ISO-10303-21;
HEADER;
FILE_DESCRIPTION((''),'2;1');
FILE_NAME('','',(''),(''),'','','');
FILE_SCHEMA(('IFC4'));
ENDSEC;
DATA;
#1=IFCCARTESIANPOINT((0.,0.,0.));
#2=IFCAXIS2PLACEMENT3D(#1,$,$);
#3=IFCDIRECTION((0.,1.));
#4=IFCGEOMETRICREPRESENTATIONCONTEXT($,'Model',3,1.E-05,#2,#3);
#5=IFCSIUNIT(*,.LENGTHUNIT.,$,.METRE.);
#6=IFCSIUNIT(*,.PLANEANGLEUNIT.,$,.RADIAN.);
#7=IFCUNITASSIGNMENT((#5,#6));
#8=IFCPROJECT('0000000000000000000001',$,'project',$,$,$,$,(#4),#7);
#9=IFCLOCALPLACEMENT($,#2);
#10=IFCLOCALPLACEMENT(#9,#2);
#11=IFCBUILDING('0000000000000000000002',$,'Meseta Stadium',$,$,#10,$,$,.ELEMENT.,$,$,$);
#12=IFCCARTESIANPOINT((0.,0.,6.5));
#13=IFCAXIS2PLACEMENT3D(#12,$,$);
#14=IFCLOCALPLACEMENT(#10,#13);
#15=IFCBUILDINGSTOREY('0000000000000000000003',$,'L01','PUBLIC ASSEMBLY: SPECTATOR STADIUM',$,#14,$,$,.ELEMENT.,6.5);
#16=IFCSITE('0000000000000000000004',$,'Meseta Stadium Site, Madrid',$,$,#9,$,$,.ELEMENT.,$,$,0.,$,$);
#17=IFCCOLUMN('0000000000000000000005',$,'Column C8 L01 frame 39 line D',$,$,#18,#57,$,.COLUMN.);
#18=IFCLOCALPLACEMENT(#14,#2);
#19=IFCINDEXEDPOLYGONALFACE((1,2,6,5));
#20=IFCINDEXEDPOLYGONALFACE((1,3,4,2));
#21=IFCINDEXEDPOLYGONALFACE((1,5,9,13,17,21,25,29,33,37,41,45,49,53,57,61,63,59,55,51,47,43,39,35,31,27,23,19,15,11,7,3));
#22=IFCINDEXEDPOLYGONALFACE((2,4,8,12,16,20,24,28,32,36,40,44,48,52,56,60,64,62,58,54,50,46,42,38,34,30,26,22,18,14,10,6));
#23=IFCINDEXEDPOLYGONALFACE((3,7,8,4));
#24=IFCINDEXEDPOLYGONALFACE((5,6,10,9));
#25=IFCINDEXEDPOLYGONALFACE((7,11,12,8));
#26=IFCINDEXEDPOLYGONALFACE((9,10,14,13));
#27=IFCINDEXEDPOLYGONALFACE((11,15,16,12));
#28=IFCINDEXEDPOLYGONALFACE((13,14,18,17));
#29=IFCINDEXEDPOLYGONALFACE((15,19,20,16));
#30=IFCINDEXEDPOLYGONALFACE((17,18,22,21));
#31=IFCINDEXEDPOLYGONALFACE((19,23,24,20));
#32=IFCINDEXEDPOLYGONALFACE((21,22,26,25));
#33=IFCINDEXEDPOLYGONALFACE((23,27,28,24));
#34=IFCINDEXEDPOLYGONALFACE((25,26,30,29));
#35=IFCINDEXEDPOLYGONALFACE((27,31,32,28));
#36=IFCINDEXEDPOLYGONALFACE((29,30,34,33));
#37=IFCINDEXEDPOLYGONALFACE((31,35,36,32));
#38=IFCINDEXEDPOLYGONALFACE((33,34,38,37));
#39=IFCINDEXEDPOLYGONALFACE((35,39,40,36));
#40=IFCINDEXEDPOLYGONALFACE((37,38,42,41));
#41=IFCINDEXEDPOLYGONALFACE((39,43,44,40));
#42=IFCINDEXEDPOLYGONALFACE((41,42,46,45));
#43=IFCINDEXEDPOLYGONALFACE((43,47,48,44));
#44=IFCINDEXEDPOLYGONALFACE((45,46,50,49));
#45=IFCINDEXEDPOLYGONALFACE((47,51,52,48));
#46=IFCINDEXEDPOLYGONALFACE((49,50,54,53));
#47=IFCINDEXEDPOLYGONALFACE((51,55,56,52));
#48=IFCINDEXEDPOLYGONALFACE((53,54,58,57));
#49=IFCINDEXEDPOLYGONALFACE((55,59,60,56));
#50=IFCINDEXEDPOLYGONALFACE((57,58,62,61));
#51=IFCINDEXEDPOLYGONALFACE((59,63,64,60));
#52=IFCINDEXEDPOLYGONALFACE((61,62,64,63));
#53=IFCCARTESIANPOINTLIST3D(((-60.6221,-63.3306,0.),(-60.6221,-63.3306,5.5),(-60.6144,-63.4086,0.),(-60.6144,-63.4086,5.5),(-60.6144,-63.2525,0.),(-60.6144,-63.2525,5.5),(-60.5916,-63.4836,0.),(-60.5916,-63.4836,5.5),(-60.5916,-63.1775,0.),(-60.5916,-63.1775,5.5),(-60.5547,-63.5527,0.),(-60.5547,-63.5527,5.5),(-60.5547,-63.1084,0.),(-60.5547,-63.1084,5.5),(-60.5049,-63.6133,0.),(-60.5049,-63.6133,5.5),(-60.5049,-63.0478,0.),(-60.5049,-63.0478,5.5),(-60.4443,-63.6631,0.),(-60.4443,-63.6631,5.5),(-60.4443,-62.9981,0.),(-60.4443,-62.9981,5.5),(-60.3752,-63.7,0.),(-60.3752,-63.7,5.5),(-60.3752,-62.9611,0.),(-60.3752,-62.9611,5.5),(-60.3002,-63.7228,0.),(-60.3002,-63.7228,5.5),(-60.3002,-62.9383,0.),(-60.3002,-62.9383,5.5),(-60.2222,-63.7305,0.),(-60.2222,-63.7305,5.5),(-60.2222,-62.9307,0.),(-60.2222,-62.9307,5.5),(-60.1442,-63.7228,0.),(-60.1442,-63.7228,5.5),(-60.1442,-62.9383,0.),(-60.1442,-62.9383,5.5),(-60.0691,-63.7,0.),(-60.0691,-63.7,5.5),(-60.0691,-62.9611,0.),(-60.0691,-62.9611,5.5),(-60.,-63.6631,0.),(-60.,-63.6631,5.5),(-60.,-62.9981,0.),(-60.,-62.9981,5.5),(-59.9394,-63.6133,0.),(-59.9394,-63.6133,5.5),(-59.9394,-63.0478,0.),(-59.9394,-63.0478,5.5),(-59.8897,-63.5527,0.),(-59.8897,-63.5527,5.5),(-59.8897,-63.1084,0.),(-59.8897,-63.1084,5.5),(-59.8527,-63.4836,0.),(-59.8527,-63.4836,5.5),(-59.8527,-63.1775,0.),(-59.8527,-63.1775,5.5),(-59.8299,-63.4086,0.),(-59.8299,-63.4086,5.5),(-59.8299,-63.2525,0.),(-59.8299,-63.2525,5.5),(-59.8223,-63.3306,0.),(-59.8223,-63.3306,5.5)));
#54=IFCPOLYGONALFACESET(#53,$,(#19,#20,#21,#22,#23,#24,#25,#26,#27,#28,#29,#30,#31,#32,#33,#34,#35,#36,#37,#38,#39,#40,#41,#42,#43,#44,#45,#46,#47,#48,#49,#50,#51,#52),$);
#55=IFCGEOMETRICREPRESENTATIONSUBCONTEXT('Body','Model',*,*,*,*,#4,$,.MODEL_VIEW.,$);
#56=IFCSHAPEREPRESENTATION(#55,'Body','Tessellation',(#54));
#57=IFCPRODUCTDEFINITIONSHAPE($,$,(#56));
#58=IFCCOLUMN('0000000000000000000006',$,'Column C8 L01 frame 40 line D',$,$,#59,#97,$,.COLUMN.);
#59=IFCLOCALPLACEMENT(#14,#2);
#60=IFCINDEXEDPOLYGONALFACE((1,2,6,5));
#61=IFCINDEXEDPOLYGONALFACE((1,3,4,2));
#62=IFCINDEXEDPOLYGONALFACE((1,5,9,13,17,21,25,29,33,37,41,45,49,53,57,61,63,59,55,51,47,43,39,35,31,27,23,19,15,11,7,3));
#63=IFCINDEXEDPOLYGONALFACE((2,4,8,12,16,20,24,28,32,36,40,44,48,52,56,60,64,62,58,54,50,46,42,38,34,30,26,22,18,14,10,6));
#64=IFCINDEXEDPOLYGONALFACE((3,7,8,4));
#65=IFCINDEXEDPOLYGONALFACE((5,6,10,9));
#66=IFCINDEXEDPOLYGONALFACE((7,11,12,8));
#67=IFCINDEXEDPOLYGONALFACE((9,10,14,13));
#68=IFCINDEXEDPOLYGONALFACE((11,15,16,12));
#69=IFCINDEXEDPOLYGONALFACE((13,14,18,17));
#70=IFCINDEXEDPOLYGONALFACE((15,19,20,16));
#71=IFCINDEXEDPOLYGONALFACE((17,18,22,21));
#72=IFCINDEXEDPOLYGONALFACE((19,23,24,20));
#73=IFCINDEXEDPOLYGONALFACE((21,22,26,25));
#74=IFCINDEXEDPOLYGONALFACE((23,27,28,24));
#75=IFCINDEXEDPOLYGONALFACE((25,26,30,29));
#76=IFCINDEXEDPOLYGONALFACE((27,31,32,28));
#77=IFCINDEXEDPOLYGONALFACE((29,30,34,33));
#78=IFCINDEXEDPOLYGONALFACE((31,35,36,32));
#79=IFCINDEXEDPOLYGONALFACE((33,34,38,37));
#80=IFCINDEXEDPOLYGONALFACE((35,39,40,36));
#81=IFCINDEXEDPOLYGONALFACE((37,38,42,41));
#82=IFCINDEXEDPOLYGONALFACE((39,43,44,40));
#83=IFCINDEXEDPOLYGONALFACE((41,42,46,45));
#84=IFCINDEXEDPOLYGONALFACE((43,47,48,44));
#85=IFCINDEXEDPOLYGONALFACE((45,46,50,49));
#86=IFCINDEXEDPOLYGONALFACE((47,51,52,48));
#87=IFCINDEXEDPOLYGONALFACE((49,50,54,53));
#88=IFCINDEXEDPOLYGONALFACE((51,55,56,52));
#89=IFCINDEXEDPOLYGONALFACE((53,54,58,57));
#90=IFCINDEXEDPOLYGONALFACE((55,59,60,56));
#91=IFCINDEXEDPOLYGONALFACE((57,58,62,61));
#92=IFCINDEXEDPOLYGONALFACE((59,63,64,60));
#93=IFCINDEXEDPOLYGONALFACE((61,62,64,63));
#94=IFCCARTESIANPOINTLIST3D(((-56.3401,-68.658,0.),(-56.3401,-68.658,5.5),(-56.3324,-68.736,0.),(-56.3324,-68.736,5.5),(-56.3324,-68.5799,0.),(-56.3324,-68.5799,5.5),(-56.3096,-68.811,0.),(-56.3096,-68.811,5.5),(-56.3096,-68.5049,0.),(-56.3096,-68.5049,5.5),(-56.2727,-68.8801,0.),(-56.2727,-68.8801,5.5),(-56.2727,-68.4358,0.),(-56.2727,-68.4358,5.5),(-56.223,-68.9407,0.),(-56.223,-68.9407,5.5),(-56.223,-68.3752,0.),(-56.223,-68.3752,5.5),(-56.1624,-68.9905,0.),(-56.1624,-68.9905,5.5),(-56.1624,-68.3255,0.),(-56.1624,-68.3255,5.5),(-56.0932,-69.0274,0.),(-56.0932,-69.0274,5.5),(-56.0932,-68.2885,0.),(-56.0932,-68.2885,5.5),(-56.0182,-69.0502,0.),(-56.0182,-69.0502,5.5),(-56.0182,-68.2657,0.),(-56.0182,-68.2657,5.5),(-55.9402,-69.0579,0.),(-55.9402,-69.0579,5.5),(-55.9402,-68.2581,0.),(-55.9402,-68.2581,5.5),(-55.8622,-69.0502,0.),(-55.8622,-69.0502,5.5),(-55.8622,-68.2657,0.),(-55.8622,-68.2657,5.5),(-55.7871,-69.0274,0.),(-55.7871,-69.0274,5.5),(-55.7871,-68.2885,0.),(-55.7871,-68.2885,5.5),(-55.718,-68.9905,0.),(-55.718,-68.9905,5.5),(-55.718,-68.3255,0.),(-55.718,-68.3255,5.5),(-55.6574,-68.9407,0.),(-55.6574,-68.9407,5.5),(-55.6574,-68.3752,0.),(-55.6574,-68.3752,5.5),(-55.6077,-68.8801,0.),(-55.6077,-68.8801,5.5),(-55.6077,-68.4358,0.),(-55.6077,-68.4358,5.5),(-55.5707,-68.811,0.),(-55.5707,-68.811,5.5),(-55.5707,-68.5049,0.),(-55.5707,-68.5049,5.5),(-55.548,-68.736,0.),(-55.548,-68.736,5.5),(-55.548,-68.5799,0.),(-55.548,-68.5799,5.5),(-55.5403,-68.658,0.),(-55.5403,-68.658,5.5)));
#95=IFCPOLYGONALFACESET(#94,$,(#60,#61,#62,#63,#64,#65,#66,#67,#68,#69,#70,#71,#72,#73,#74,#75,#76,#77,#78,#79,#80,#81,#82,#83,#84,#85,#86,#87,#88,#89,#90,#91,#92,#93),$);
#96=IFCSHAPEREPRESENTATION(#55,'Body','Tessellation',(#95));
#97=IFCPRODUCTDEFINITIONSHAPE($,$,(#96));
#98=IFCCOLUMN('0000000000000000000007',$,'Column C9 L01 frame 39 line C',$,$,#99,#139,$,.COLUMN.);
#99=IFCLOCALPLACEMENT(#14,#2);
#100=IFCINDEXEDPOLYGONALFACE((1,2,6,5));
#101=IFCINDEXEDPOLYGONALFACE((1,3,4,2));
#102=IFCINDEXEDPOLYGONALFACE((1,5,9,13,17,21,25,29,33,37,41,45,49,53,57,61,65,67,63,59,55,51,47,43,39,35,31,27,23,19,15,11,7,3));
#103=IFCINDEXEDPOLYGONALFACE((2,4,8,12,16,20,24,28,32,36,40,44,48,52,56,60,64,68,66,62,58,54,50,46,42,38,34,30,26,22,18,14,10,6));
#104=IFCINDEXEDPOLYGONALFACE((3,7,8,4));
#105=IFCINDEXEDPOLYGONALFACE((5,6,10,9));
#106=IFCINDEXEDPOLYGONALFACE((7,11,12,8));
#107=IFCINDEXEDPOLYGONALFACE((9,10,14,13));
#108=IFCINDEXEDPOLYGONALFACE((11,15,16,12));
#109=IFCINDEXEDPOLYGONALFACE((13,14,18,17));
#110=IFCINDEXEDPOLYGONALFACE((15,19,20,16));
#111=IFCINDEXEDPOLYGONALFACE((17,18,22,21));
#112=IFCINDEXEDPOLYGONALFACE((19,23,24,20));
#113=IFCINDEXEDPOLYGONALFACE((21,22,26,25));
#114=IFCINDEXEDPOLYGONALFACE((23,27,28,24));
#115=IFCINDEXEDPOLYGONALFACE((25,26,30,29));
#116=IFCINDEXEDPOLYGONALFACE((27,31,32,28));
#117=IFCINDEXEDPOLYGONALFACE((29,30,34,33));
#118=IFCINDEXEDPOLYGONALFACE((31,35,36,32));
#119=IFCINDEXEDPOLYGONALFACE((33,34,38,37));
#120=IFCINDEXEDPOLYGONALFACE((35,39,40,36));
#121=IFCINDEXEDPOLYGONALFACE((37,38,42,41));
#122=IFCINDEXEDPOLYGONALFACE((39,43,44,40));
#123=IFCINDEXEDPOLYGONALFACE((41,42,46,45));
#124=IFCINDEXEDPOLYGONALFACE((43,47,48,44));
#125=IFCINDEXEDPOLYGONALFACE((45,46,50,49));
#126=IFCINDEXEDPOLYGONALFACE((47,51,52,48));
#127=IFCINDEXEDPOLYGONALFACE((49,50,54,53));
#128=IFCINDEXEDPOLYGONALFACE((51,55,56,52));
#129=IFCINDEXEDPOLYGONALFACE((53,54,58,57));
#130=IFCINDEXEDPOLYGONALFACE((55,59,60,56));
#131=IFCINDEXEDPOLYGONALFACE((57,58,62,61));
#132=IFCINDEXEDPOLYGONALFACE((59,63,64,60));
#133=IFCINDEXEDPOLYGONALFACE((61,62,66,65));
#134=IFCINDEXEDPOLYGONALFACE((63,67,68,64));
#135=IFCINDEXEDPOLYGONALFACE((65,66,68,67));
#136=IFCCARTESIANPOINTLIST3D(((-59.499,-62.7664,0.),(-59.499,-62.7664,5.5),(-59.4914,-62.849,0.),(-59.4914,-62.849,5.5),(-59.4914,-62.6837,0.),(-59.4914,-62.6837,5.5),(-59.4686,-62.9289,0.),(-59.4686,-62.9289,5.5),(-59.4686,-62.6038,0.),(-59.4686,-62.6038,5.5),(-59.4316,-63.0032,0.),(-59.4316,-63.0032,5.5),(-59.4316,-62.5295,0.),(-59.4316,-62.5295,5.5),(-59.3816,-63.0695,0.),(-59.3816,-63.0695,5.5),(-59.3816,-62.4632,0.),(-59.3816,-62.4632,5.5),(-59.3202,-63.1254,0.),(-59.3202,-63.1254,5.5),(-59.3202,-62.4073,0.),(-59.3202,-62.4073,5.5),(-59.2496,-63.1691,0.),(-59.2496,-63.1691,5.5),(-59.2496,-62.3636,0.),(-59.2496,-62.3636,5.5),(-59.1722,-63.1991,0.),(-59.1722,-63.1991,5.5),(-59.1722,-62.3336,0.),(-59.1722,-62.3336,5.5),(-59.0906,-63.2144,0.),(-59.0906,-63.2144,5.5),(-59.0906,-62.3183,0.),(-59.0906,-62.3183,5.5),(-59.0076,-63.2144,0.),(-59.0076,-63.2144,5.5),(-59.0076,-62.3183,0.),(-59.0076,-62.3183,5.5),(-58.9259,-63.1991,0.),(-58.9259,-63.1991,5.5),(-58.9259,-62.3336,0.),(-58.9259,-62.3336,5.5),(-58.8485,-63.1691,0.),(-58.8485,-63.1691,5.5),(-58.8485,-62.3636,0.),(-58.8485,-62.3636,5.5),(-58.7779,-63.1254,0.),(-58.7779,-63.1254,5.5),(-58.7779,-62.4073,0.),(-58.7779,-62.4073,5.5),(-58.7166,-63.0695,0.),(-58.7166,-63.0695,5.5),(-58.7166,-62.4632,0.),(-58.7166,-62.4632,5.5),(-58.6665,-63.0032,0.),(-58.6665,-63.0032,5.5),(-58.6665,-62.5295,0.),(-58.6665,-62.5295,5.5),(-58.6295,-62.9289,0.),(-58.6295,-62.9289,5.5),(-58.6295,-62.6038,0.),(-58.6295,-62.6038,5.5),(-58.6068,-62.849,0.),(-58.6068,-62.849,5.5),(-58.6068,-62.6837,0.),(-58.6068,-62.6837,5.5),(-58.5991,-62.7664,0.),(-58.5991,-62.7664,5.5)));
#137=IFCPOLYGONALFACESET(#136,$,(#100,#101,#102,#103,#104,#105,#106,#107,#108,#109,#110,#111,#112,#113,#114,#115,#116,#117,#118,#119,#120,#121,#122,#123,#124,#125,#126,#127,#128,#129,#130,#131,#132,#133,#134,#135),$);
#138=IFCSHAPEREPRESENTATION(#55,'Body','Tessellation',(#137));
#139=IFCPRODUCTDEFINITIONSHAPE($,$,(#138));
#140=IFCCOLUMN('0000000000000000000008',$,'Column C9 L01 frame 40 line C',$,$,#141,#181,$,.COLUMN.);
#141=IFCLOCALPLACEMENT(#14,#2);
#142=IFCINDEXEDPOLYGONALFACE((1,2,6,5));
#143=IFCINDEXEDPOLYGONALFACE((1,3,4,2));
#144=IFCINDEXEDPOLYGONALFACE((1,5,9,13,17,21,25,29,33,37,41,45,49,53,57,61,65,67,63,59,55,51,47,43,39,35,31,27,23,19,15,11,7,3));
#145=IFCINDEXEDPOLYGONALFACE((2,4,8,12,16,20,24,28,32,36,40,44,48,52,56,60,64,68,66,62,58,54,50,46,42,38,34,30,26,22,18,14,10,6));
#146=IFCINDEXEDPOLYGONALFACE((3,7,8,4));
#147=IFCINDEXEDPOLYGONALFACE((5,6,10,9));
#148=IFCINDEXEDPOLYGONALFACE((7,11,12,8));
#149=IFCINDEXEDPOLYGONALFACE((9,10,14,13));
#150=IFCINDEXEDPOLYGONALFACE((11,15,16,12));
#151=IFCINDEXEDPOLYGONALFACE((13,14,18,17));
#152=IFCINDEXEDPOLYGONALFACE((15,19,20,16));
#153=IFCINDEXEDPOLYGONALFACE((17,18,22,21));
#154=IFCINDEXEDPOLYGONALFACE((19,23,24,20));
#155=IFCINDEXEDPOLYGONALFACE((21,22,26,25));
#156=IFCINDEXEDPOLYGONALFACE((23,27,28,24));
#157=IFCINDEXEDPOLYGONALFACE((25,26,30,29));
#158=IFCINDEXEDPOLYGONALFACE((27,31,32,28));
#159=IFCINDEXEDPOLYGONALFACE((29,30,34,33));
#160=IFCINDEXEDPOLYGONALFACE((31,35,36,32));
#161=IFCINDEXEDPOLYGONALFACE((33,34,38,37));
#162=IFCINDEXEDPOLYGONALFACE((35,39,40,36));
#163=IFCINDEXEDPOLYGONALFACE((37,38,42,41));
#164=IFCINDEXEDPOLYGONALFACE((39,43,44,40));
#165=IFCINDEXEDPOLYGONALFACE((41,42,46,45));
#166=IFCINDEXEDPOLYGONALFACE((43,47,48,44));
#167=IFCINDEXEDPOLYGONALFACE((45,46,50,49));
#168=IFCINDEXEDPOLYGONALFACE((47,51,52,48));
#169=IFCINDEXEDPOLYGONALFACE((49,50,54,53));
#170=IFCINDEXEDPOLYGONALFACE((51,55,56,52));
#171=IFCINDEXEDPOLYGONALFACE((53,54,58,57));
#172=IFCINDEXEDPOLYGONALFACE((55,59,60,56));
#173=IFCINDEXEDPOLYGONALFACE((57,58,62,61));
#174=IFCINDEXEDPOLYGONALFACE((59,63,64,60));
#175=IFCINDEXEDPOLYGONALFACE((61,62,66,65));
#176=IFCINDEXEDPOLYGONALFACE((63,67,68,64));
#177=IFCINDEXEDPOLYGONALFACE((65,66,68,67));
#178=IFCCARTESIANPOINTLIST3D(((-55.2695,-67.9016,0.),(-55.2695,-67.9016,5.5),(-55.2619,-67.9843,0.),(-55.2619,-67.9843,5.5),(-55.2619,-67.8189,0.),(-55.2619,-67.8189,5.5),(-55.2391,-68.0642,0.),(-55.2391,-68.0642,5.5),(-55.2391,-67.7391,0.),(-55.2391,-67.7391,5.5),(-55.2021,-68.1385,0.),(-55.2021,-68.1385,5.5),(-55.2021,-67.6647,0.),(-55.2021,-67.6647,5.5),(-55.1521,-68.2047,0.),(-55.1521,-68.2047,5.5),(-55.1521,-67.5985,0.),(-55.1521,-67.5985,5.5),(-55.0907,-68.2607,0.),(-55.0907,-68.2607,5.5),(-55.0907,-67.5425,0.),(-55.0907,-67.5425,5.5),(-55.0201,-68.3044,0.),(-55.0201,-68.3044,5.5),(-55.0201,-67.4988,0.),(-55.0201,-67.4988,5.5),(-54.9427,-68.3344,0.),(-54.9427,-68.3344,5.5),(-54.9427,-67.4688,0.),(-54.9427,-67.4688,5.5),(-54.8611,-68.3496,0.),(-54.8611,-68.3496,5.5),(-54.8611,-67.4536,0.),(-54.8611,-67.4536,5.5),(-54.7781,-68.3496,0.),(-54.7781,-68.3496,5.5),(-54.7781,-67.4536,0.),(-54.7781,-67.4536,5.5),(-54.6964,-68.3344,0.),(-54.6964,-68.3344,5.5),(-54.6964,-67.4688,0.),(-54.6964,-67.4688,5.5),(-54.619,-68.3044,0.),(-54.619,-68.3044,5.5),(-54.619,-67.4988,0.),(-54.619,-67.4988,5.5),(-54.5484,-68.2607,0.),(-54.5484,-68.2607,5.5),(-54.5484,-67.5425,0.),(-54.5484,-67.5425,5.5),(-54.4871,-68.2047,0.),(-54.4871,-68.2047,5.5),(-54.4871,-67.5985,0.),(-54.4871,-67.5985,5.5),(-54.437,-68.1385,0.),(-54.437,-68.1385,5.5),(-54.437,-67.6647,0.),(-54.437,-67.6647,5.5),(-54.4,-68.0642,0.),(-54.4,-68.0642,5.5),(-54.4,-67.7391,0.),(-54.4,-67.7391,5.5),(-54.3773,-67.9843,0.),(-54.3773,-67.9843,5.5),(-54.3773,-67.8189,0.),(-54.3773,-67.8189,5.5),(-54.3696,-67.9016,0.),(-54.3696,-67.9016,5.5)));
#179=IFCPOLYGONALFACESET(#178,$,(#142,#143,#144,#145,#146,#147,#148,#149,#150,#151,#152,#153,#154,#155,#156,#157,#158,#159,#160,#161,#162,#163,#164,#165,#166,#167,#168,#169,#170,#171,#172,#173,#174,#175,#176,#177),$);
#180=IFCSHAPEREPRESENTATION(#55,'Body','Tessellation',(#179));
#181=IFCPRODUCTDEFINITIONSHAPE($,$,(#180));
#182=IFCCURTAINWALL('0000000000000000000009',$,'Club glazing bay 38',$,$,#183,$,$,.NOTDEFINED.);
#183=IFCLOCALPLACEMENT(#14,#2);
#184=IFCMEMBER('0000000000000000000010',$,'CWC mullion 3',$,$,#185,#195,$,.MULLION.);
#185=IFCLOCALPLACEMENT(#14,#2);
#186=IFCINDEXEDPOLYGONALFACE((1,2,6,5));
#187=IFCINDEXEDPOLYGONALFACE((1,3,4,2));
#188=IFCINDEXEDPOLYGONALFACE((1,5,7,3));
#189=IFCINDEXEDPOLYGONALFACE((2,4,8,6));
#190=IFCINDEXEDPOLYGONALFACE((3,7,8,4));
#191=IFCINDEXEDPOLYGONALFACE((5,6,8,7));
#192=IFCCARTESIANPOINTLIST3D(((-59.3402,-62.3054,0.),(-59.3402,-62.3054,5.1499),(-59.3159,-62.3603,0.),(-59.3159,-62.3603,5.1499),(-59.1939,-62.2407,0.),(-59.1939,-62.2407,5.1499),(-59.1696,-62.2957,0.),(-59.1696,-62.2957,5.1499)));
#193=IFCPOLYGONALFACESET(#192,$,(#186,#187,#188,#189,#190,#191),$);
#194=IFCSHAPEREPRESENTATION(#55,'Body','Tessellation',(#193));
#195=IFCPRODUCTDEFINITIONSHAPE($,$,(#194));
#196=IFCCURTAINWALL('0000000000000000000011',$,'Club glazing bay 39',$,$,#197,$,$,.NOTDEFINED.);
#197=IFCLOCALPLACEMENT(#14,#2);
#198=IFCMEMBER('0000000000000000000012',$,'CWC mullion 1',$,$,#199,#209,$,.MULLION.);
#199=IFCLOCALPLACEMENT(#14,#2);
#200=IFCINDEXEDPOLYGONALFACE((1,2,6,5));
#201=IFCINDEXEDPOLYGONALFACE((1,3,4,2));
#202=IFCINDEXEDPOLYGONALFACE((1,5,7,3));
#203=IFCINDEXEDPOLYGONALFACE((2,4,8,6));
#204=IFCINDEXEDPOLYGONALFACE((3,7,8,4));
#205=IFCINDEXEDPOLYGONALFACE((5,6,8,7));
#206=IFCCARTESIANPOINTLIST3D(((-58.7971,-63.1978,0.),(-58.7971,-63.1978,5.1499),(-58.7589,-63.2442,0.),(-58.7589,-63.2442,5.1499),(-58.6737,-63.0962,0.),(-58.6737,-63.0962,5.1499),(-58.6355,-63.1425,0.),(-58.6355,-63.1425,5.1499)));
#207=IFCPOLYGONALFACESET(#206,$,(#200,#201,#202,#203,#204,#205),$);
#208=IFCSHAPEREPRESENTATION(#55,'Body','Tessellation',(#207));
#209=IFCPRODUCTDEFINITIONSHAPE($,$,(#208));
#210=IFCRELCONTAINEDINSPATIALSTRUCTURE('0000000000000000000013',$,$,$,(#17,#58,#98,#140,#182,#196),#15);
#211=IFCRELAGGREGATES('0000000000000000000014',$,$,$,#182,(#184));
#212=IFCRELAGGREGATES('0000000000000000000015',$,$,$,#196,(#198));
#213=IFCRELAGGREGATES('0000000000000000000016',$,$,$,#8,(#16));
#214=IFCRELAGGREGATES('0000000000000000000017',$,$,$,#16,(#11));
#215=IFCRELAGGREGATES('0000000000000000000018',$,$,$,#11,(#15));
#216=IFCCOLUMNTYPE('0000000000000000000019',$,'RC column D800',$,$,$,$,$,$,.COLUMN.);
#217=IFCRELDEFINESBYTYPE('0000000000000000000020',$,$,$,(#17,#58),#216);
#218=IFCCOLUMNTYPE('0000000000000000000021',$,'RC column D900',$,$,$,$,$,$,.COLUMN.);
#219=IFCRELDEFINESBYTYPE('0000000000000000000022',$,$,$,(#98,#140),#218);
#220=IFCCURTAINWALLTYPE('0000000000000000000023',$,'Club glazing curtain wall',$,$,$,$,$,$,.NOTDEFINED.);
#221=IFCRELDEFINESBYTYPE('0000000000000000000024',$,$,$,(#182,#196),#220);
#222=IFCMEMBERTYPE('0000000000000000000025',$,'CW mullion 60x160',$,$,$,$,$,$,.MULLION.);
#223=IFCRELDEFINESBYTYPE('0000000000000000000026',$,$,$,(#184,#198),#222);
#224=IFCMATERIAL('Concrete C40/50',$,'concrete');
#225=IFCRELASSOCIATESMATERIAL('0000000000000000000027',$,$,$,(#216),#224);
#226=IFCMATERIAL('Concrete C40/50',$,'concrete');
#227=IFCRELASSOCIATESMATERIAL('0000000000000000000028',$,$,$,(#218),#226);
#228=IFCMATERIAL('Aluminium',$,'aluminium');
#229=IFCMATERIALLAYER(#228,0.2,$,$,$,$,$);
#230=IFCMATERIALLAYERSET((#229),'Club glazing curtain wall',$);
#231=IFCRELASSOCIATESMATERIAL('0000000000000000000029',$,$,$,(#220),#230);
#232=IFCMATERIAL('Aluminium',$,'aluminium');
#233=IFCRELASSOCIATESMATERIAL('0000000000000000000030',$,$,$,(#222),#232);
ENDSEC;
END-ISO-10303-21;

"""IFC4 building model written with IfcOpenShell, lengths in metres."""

from ifc_helpers import new_model, si_unit, direction, frame, origin, origin_2d, place, context, subcontext, project, spatial, rectangle, circle, extrude, material, layer, layer_set, material_profile, profile_set, type_object, element, aggregate, save


model = new_model("IFC4")

# Units and contexts
model_context = context("Model", 3, precision=1e-05, world=origin(), true_north=direction((0.0, 1.0)))
body_context = subcontext(model_context, "Body", "Model", "MODEL_VIEW")
ifc_project = project(units=[si_unit("LENGTHUNIT", "METRE"), si_unit("PLANEANGLEUNIT", "RADIAN")], contexts=[model_context])

# Site, building, storey
site_placement = place(None, origin())
site = spatial("IfcSite", under=ifc_project, at=site_placement, Name="Meseta Stadium Site, Madrid", CompositionType="ELEMENT", RefElevation=0.0)
building_placement = place(site_placement, origin())
building = spatial("IfcBuilding", under=site, at=building_placement, Name="Meseta Stadium", CompositionType="ELEMENT")
storey_placement = place(building_placement, frame((0.0, 0.0, 6.5)))
storey = spatial("IfcBuildingStorey", under=building, at=storey_placement, Name="L01", Description="PUBLIC ASSEMBLY: SPECTATOR STADIUM", CompositionType="ELEMENT", Elevation=6.5)

# Columns
ifc_material_1 = material(Name="Concrete C40/50", Category="concrete")
ifc_material_profile_1 = material_profile(ifc_material_1, circle(Radius=0.3999, at=origin_2d()), Name="RC D800")
ifc_profile_set_1 = profile_set([ifc_material_profile_1], Name="Concrete C40/50")
column_type_1 = type_object("IfcColumnType", Name="RC column D800", PredefinedType="COLUMN", material=ifc_profile_set_1)
for number, where, z_axis, x_axis, name in (
    (1, (-60.2222, -63.3306, 0.0), (0.0, 0.0, 1.0), (1.0, 0.0, 0.0), "Column C8 L01 frame 39 line D"),
    (2, (-55.9402, -68.658, 0.0), (0.0, 0.0, 1.0), (1.0, 0.0, 0.0), "Column C8 L01 frame 40 line D"),
):
    element("IfcColumn", number, at=place(storey_placement, frame(where, z_axis=z_axis, x_axis=x_axis)), inside=storey, type_object=column_type_1, Name=name, PredefinedType="COLUMN", context=body_context, shape_type="SweptSolid", body=[
        extrude(circle(Radius=0.3999, at=origin_2d()), origin(), (0.0, 0.0, 1.0), 5.5),
    ])
ifc_material_2 = material(Name="Concrete C40/50", Category="concrete")
ifc_material_profile_2 = material_profile(ifc_material_2, circle(Radius=0.45, at=origin_2d()), Name="RC D900")
ifc_profile_set_2 = profile_set([ifc_material_profile_2], Name="Concrete C40/50")
column_type_2 = type_object("IfcColumnType", Name="RC column D900", PredefinedType="COLUMN", material=ifc_profile_set_2)
for number, where, z_axis, x_axis, name in (
    (3, (-59.0491, -62.7664, 0.0), (0.0, 0.0, 1.0), (1.0, 0.0, 0.0), "Column C9 L01 frame 39 line C"),
    (4, (-54.8196, -67.9016, 0.0), (0.0, 0.0, 1.0), (1.0, 0.0, 0.0), "Column C9 L01 frame 40 line C"),
):
    element("IfcColumn", number, at=place(storey_placement, frame(where, z_axis=z_axis, x_axis=x_axis)), inside=storey, type_object=column_type_2, Name=name, PredefinedType="COLUMN", context=body_context, shape_type="SweptSolid", body=[
        extrude(circle(Radius=0.45, at=origin_2d()), origin(), (0.0, 0.0, 1.0), 5.5),
    ])

# Curtain wall, member
ifc_material_3 = material(Name="Aluminium", Category="aluminium")
ifc_layer_1 = layer(ifc_material_3, 0.2)
ifc_layer_set_1 = layer_set([ifc_layer_1], Name="Club glazing curtain wall")
curtain_wall_type = type_object("IfcCurtainWallType", Name="Club glazing curtain wall", PredefinedType="NOTDEFINED", material=ifc_layer_set_1)
curtain_wall_1_placement = place(storey_placement, origin())
curtain_wall_1 = element("IfcCurtainWall", 5, at=curtain_wall_1_placement, inside=storey, type_object=curtain_wall_type, Name="Club glazing bay 38", PredefinedType="NOTDEFINED")
ifc_material_4 = material(Name="Aluminium", Category="aluminium")
ifc_material_profile_3 = material_profile(ifc_material_4, rectangle(XDim=0.1599, YDim=0.0601, at=origin_2d()), Name="CW 160x60")
ifc_profile_set_3 = profile_set([ifc_material_profile_3], Name="Aluminium")
member_type_1 = type_object("IfcMemberType", Name="CW mullion 60x160", PredefinedType="MULLION", material=ifc_profile_set_3)
member_1_placement = place(storey_placement, frame((-59.2549, -62.3005, 0.0), z_axis=(0.0, 0.0, 1.0), x_axis=(0.914657, 0.40423, 0.0)))
member_1 = element("IfcMember", 6, at=member_1_placement, type_object=member_type_1, Name="CWC mullion 3", PredefinedType="MULLION", context=body_context, shape_type="SweptSolid", body=[
    extrude(rectangle(XDim=0.1599, YDim=0.0601, at=origin_2d()), origin(), (0.0, 0.0, 1.0), 5.1499),
])

# Curtain wall, member
curtain_wall_2_placement = place(storey_placement, origin())
curtain_wall_2 = element("IfcCurtainWall", 7, at=curtain_wall_2_placement, inside=storey, type_object=curtain_wall_type, Name="Club glazing bay 39", PredefinedType="NOTDEFINED")
member_2_placement = place(storey_placement, frame((-58.7163, -63.1702, 0.0), z_axis=(0.0, 0.0, 1.0), x_axis=(0.771902, 0.635741, 0.0)))
member_2 = element("IfcMember", 8, at=member_2_placement, type_object=member_type_1, Name="CWC mullion 1", PredefinedType="MULLION", context=body_context, shape_type="SweptSolid", body=[
    extrude(rectangle(XDim=0.1599, YDim=0.0601, at=origin_2d()), origin(), (0.0, 0.0, 1.0), 5.1499),
])

aggregate(curtain_wall_1, [member_1])
aggregate(curtain_wall_2, [member_2])

save(model, "model.ifc")
